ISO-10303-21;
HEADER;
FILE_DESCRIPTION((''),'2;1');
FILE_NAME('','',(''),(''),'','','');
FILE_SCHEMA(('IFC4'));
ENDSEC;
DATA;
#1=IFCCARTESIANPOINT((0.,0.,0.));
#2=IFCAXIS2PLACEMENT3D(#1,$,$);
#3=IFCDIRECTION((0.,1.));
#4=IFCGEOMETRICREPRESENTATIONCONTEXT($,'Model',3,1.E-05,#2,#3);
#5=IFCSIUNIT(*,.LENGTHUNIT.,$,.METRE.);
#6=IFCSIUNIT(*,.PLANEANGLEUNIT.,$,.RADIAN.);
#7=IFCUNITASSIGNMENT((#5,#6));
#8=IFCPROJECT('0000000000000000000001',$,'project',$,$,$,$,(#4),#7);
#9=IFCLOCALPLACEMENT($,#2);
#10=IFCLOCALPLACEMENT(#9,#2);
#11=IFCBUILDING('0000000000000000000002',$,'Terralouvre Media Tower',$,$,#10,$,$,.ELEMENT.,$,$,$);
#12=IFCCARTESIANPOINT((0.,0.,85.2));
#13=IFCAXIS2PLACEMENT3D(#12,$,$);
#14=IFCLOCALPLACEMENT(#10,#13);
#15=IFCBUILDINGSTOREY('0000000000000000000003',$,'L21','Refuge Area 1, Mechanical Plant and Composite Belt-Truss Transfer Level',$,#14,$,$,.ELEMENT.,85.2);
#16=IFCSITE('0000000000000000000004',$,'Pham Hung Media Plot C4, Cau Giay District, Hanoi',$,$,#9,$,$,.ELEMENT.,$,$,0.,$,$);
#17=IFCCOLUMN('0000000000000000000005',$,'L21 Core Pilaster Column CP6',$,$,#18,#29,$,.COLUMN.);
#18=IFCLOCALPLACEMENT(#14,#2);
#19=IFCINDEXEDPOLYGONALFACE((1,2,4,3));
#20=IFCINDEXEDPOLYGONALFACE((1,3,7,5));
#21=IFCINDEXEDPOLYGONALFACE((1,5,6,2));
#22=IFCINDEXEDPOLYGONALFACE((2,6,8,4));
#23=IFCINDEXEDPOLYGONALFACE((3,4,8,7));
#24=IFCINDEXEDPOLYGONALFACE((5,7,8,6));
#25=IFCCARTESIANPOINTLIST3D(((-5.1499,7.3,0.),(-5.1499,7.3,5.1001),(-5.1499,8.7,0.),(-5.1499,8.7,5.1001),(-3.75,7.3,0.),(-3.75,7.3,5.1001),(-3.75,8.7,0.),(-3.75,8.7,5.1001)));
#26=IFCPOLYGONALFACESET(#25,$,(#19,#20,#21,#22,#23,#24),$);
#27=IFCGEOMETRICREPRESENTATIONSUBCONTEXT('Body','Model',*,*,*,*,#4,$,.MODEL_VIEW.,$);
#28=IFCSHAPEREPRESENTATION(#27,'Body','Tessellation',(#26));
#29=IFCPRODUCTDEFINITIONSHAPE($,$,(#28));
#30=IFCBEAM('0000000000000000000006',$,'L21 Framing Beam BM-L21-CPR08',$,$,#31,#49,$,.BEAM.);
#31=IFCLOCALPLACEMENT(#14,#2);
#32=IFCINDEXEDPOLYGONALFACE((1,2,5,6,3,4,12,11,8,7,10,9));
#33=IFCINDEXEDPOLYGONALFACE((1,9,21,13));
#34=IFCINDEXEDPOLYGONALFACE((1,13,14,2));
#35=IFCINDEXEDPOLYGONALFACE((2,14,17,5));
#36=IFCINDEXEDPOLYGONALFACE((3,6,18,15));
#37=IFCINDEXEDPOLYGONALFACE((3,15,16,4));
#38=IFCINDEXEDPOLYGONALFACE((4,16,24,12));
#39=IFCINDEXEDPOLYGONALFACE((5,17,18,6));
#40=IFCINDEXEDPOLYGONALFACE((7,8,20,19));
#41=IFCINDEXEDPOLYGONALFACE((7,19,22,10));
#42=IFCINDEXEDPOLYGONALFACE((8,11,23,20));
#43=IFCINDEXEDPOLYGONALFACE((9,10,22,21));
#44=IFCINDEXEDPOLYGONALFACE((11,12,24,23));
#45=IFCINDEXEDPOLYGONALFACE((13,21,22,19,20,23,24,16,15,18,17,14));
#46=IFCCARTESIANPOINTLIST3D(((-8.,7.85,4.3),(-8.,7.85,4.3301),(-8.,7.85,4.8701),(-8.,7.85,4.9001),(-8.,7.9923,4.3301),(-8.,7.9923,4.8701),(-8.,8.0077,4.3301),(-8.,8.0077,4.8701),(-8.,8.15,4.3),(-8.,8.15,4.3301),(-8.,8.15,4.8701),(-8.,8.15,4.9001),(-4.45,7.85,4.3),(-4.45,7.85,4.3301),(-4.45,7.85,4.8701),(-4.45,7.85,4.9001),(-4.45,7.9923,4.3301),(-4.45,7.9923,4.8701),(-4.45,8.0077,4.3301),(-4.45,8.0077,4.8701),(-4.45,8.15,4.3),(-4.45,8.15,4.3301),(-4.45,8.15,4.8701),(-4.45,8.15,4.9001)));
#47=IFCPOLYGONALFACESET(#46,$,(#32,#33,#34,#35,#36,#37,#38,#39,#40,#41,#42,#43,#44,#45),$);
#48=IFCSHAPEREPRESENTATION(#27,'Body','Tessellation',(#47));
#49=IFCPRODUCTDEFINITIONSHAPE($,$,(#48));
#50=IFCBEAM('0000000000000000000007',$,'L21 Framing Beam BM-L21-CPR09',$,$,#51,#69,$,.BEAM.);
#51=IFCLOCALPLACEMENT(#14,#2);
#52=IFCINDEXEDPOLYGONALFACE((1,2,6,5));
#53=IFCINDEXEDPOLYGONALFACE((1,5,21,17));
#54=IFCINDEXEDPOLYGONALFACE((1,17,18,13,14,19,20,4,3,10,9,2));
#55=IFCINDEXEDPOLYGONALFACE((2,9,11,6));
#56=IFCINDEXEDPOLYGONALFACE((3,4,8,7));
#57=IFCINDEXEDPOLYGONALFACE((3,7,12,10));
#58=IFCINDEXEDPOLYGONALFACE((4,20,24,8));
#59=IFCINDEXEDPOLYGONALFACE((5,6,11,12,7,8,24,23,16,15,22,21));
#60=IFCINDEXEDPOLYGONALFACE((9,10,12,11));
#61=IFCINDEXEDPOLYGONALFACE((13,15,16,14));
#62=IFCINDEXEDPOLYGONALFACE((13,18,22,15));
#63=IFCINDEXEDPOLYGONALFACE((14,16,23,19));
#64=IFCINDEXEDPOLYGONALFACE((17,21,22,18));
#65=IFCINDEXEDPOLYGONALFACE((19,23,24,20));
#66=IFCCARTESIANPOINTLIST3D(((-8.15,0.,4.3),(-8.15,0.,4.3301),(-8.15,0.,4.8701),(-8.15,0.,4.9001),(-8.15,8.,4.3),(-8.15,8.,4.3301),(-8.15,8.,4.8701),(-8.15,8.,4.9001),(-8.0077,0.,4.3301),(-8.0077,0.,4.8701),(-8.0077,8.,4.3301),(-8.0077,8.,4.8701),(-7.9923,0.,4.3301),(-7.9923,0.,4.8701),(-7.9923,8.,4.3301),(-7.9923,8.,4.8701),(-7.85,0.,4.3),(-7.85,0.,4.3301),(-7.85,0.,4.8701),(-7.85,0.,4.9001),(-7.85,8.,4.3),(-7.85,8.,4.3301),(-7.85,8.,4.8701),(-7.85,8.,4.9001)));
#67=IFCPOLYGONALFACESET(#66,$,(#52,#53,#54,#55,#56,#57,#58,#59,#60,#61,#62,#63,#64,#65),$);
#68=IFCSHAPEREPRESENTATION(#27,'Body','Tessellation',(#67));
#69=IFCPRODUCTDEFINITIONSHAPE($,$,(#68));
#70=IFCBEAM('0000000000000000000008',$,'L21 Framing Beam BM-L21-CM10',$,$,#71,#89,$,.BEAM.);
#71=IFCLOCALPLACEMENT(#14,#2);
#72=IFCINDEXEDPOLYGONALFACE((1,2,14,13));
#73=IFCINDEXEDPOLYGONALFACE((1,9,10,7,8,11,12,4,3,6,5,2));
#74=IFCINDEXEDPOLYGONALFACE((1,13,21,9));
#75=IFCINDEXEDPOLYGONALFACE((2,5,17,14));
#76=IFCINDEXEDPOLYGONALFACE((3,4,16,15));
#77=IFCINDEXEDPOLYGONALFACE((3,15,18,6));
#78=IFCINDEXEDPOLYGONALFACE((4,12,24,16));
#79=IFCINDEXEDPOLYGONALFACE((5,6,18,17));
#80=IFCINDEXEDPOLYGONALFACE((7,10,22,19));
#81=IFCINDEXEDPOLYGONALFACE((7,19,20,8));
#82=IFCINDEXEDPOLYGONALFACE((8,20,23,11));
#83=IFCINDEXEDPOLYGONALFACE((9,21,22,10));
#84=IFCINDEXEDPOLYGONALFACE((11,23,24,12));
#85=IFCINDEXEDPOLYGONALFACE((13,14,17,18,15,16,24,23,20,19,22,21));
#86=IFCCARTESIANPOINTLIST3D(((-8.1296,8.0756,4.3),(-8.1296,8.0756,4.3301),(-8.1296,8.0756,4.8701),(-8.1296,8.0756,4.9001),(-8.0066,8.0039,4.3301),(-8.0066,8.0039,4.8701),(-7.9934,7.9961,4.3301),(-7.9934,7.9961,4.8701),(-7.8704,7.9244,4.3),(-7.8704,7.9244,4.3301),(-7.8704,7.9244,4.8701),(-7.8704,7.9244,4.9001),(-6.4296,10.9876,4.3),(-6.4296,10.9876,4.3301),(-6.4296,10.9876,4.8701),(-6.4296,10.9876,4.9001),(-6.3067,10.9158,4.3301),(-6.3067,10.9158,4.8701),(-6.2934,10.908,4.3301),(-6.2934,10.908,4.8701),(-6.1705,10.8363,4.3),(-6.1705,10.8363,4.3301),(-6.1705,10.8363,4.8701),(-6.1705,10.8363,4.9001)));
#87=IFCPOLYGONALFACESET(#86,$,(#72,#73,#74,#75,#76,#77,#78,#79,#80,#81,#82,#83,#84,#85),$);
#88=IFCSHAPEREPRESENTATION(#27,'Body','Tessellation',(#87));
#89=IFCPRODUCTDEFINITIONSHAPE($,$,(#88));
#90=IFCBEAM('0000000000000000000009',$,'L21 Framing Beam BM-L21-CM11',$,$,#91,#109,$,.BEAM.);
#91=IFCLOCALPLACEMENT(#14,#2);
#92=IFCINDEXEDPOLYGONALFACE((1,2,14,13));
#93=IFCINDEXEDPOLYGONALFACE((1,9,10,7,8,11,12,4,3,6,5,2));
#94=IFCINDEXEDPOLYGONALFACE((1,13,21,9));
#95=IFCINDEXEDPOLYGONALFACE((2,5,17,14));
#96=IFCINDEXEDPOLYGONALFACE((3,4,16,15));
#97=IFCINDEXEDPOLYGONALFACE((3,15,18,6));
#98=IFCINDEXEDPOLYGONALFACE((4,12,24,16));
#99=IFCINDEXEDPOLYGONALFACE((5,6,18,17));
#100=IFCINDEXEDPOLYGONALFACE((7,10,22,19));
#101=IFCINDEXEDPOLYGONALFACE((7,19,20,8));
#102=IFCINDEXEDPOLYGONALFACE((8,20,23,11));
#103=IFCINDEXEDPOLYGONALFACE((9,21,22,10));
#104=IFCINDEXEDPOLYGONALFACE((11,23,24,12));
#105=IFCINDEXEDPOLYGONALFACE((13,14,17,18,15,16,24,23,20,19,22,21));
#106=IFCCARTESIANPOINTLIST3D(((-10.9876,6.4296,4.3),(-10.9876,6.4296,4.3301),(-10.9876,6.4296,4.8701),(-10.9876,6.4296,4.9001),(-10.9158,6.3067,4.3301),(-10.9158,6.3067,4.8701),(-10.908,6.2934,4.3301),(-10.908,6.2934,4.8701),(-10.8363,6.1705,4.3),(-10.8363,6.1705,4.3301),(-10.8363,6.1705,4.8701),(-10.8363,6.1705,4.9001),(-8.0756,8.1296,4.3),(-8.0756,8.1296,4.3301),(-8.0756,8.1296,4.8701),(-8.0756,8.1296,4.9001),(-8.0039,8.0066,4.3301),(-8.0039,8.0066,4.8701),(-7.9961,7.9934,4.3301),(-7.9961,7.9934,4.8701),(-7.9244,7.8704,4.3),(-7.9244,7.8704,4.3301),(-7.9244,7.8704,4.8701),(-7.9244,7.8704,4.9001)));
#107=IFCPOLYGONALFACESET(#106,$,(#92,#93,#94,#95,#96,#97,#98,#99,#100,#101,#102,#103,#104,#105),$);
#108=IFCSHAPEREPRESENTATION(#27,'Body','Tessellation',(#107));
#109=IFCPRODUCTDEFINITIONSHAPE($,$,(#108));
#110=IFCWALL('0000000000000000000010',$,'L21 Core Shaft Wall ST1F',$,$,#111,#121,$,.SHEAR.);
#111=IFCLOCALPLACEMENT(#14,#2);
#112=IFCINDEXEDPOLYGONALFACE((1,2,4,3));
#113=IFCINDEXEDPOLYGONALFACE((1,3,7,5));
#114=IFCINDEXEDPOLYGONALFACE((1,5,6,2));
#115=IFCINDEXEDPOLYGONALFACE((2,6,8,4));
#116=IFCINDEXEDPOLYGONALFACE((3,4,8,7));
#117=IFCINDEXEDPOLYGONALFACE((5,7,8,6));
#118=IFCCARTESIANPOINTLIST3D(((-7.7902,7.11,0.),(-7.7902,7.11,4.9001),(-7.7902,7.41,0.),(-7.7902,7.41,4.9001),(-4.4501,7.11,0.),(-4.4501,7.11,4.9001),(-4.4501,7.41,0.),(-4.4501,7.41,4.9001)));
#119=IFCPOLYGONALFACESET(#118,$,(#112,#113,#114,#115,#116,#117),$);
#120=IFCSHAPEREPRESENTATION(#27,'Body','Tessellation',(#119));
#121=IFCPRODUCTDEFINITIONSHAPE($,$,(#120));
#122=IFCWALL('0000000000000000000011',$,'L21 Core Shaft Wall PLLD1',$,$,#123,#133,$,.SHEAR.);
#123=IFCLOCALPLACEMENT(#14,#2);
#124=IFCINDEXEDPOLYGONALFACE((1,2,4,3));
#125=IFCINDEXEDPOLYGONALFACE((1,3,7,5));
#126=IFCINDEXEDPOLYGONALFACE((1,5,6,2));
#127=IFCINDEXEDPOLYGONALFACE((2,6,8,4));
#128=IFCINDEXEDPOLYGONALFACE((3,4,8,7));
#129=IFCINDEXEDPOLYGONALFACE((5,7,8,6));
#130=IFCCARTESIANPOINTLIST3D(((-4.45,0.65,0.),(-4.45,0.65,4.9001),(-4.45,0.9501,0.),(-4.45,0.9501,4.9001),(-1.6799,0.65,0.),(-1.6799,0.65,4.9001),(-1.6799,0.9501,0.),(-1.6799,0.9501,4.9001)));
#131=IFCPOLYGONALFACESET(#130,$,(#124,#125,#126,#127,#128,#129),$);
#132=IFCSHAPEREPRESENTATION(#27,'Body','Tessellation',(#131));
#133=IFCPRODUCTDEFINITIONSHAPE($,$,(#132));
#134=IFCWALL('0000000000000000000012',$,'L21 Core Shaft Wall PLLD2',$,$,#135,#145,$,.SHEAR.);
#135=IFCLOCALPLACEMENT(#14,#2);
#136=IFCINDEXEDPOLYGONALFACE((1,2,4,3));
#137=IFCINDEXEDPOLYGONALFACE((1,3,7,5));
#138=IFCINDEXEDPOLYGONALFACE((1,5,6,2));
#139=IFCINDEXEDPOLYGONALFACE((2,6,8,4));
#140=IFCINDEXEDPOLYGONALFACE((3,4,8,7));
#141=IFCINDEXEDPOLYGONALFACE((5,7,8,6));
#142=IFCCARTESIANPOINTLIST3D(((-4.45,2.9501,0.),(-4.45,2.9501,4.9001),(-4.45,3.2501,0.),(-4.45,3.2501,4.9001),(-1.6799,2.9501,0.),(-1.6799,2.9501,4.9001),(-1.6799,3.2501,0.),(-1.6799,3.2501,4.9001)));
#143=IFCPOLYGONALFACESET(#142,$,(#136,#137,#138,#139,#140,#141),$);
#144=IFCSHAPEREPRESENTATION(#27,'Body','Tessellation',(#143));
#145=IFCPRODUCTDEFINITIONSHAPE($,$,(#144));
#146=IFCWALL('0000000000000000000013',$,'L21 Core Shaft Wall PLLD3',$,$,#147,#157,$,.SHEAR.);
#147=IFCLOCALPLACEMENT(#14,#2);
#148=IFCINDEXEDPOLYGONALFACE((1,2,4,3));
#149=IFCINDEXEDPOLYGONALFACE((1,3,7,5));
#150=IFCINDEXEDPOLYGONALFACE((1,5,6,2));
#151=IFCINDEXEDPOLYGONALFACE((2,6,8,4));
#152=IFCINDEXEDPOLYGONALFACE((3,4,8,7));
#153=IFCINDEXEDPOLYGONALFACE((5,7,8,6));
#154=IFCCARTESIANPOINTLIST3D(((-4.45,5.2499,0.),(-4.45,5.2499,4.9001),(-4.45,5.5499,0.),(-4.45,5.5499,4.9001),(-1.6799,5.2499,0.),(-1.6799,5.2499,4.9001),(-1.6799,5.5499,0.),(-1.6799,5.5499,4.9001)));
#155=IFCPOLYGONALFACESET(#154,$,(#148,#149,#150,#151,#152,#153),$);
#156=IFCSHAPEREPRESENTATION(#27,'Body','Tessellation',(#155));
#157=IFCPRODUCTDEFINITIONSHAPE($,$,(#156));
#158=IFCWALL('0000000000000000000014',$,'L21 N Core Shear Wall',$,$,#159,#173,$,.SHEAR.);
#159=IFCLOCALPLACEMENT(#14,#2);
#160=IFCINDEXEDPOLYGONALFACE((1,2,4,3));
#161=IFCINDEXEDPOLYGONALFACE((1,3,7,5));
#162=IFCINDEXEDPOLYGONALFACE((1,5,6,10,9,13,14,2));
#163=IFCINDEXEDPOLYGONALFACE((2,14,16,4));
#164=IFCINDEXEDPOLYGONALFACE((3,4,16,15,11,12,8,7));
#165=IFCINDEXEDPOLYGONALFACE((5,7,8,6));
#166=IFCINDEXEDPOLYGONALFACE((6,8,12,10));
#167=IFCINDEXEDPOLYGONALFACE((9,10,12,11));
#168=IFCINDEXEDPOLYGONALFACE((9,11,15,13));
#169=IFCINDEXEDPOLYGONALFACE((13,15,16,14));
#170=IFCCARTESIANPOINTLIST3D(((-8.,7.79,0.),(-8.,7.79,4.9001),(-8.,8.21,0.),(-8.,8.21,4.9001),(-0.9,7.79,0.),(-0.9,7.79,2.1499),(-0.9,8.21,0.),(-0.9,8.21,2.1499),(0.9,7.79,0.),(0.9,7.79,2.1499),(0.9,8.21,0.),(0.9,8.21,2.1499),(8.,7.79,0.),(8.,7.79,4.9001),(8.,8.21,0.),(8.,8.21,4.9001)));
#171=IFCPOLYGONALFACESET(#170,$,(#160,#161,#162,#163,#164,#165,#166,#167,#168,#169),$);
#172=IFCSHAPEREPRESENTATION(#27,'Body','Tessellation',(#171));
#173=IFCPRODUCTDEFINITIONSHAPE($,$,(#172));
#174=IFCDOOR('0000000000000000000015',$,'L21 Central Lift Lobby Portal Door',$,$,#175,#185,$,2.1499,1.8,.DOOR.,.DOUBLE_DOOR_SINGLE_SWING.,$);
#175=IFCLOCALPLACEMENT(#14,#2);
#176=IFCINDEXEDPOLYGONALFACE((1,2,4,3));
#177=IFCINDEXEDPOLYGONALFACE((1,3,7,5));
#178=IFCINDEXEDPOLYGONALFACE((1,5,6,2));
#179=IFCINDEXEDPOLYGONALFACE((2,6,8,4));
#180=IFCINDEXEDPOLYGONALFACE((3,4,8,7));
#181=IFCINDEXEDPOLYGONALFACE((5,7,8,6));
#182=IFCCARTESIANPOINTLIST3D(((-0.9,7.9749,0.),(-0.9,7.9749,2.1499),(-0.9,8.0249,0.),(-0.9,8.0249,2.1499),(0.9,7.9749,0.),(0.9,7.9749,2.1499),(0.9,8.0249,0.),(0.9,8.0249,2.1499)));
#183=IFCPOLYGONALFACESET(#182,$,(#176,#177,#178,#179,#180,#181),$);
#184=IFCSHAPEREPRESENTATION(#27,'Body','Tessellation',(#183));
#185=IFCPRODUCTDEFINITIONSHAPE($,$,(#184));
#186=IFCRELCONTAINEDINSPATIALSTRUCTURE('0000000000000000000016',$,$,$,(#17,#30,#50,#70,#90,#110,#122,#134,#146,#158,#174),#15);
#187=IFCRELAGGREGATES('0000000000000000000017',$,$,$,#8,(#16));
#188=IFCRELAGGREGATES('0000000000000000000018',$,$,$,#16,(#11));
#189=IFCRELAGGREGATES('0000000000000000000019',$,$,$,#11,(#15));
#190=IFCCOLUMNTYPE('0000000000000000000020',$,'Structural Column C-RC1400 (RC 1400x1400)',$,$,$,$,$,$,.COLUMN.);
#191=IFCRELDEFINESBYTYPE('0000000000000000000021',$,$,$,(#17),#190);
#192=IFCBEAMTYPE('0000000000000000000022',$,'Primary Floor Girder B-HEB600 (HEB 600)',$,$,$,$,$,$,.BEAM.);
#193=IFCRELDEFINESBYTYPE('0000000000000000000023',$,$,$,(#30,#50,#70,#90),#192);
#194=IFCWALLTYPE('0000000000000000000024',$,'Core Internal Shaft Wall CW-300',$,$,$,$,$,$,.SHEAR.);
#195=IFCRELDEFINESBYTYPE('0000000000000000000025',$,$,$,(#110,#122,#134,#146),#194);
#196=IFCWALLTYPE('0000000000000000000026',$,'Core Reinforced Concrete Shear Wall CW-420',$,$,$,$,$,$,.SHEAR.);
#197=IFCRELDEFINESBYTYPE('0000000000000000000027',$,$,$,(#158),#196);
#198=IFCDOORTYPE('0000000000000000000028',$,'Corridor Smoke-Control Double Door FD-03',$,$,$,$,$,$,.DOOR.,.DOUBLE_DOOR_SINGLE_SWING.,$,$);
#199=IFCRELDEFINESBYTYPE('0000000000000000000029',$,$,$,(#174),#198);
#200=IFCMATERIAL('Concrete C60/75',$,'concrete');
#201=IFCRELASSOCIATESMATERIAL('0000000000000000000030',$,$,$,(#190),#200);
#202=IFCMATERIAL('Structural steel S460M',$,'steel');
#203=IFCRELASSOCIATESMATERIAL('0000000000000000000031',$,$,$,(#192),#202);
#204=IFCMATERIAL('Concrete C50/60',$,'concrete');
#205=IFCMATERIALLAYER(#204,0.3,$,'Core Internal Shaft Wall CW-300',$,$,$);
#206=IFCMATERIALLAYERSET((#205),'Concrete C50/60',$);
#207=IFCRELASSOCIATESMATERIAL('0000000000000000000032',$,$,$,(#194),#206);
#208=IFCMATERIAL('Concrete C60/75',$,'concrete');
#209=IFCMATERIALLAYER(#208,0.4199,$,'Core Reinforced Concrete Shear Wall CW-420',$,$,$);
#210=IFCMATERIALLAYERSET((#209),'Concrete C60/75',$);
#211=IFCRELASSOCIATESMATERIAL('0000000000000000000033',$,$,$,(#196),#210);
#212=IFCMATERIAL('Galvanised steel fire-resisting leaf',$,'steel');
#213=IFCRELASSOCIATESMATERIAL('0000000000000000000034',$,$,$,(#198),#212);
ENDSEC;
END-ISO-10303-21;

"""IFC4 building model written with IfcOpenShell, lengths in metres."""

from ifc_helpers import new_model, si_unit, direction, frame, frame_2d, origin, origin_2d, place, context, subcontext, project, spatial, rectangle, i_section, extrude, material, layer, layer_set, material_profile, profile_set, type_object, element, fill, save


model = new_model("IFC4")

# Units and contexts
model_context = context("Model", 3, precision=1e-05, world=origin(), true_north=direction((0.0, 1.0)))
body_context = subcontext(model_context, "Body", "Model", "MODEL_VIEW")
ifc_project = project(units=[si_unit("LENGTHUNIT", "METRE"), si_unit("PLANEANGLEUNIT", "RADIAN")], contexts=[model_context])

# Site, building, storey
site_placement = place(None, origin())
site = spatial("IfcSite", under=ifc_project, at=site_placement, Name="Pham Hung Media Plot C4, Cau Giay District, Hanoi", CompositionType="ELEMENT", RefElevation=0.0)
building_placement = place(site_placement, origin())
building = spatial("IfcBuilding", under=site, at=building_placement, Name="Terralouvre Media Tower", CompositionType="ELEMENT")
storey_placement = place(building_placement, frame((0.0, 0.0, 85.2)))
storey = spatial("IfcBuildingStorey", under=building, at=storey_placement, Name="L21", Description="Refuge Area 1, Mechanical Plant and Composite Belt-Truss Transfer Level", CompositionType="ELEMENT", Elevation=85.2)

# Column
ifc_material_1 = material(Name="Concrete C60/75", Category="concrete")
ifc_material_profile_1 = material_profile(ifc_material_1, rectangle(XDim=1.3999, YDim=1.3999, at=origin_2d()), Name="RC 1400x1400")
ifc_profile_set_1 = profile_set([ifc_material_profile_1], Name="Concrete C60/75")
column_type = type_object("IfcColumnType", Name="Structural Column C-RC1400 (RC 1400x1400)", PredefinedType="COLUMN", material=ifc_profile_set_1)
column_placement = place(storey_placement, frame((-4.45, 8.0, 0.0), z_axis=(0.0, 0.0, 1.0), x_axis=(1.0, 0.0, 0.0)))
element("IfcColumn", 1, at=column_placement, inside=storey, type_object=column_type, Name="L21 Core Pilaster Column CP6", PredefinedType="COLUMN", context=body_context, shape_type="SweptSolid", body=[
    extrude(rectangle(XDim=1.3999, YDim=1.3999, at=origin_2d()), origin(), (0.0, 0.0, 1.0), 5.1001),
])

# Beams
ifc_material_2 = material(Name="Structural steel S460M", Category="steel")
ifc_material_profile_2 = material_profile(ifc_material_2, i_section(OverallWidth=0.3, OverallDepth=0.6001, WebThickness=0.0154, FlangeThickness=0.03, at=origin_2d()), Name="HEB 600")
ifc_profile_set_2 = profile_set([ifc_material_profile_2], Name="Structural steel S460M")
beam_type = type_object("IfcBeamType", Name="Primary Floor Girder B-HEB600 (HEB 600)", PredefinedType="BEAM", material=ifc_profile_set_2)
beam_1_placement = place(storey_placement, frame((-4.45, 8.0, 4.6001), z_axis=(-1.0, 0.0, 0.0), x_axis=(0.0, -1.0, 0.0)))
element("IfcBeam", 2, at=beam_1_placement, inside=storey, type_object=beam_type, Name="L21 Framing Beam BM-L21-CPR08", PredefinedType="BEAM", context=body_context, shape_type="SweptSolid", body=[
    extrude(i_section(OverallWidth=0.3, OverallDepth=0.6001, WebThickness=0.0154, FlangeThickness=0.03, at=origin_2d()), origin(), (0.0, 0.0, 1.0), 3.55),
])
beam_2_placement = place(storey_placement, frame((-8.0, 8.0, 4.6001), z_axis=(0.0, -1.0, 0.0), x_axis=(1.0, 0.0, 0.0)))
element("IfcBeam", 3, at=beam_2_placement, inside=storey, type_object=beam_type, Name="L21 Framing Beam BM-L21-CPR09", PredefinedType="BEAM", context=body_context, shape_type="SweptSolid", body=[
    extrude(i_section(OverallWidth=0.3, OverallDepth=0.6001, WebThickness=0.0154, FlangeThickness=0.03, at=origin_2d()), origin(), (0.0, 0.0, 1.0), 8.0),
])
for number, where, z_axis, x_axis, name in (
    (4, (-8.0, 8.0, 4.6001), (0.504173, 0.863603, 0.0), (-0.863603, 0.504173, 0.0), "L21 Framing Beam BM-L21-CM10"),
    (5, (-8.0, 8.0, 4.6001), (-0.863603, -0.504173, 0.0), (0.504173, -0.863603, 0.0), "L21 Framing Beam BM-L21-CM11"),
):
    element("IfcBeam", number, at=place(storey_placement, frame(where, z_axis=z_axis, x_axis=x_axis)), inside=storey, type_object=beam_type, Name=name, PredefinedType="BEAM", context=body_context, shape_type="SweptSolid", body=[
        extrude(i_section(OverallWidth=0.3, OverallDepth=0.6001, WebThickness=0.0154, FlangeThickness=0.03, at=origin_2d()), origin(), (0.0, 0.0, 1.0), 3.3718),
    ])

# Shared definitions
ifc_material_3 = material(Name="Concrete C50/60", Category="concrete")
ifc_layer_1 = layer(ifc_material_3, 0.3, Name="Core Internal Shaft Wall CW-300")
ifc_layer_set_1 = layer_set([ifc_layer_1], Name="Concrete C50/60")
wall_type_1 = type_object("IfcWallType", Name="Core Internal Shaft Wall CW-300", PredefinedType="SHEAR", material=ifc_layer_set_1)

# Walls
wall_1_placement = place(storey_placement, frame((-7.79, 7.26, 0.0), z_axis=(0.0, 0.0, 1.0), x_axis=(1.0, 0.0, 0.0)))
element("IfcWall", 6, at=wall_1_placement, inside=storey, type_object=wall_type_1, Name="L21 Core Shaft Wall ST1F", PredefinedType="SHEAR", context=body_context, shape_type="SweptSolid", body=[
    extrude(rectangle(XDim=3.3401, YDim=0.3, at=frame_2d((1.6699, 0.0))), origin(), (0.0, 0.0, 1.0), 4.9001),
])
for number, where, z_axis, x_axis, name in (
    (7, (-4.45, 0.8, 0.0), (0.0, 0.0, 1.0), (1.0, 0.0, 0.0), "L21 Core Shaft Wall PLLD1"),
    (8, (-4.45, 3.1001, 0.0), (0.0, 0.0, 1.0), (1.0, 0.0, 0.0), "L21 Core Shaft Wall PLLD2"),
    (9, (-4.45, 5.3999, 0.0), (0.0, 0.0, 1.0), (1.0, 0.0, 0.0), "L21 Core Shaft Wall PLLD3"),
):
    element("IfcWall", number, at=place(storey_placement, frame(where, z_axis=z_axis, x_axis=x_axis)), inside=storey, type_object=wall_type_1, Name=name, PredefinedType="SHEAR", context=body_context, shape_type="SweptSolid", body=[
        extrude(rectangle(XDim=2.77, YDim=0.3, at=frame_2d((1.385, 0.0))), origin(), (0.0, 0.0, 1.0), 4.9001),
    ])

# Wall, opening, door
ifc_material_4 = material(Name="Concrete C60/75", Category="concrete")
ifc_layer_2 = layer(ifc_material_4, 0.4199, Name="Core Reinforced Concrete Shear Wall CW-420")
ifc_layer_set_2 = layer_set([ifc_layer_2], Name="Concrete C60/75")
wall_type_2 = type_object("IfcWallType", Name="Core Reinforced Concrete Shear Wall CW-420", PredefinedType="SHEAR", material=ifc_layer_set_2)
wall_2_placement = place(storey_placement, frame((-8.0, 8.0, 0.0), z_axis=(0.0, 0.0, 1.0), x_axis=(1.0, 0.0, 0.0)))
wall_2 = element("IfcWall", 10, at=wall_2_placement, inside=storey, type_object=wall_type_2, Name="L21 N Core Shear Wall", PredefinedType="SHEAR", context=body_context, shape_type="SweptSolid", body=[
    extrude(rectangle(XDim=16.0, YDim=0.4199, at=frame_2d((8.0, 0.0))), origin(), (0.0, 0.0, 1.0), 4.9001),
])
opening_1_placement = place(wall_2_placement, frame((7.1001, 0.0, 0.0)))
opening_1 = element("IfcOpeningElement", 11, at=opening_1_placement, cuts=wall_2, PredefinedType="OPENING", context=body_context, shape_type="SweptSolid", body=[
    extrude(rectangle(XDim=1.8, YDim=2.1499, at=frame_2d((0.8999, 1.075))), frame((0.0, 0.22, 0.0), z_axis=(0.0, -1.0, 0.0), x_axis=(1.0, 0.0, 0.0)), (0.0, 0.0, 1.0), 0.4399),
])
ifc_material_5 = material(Name="Galvanised steel fire-resisting leaf", Category="steel")
door_type_1 = type_object("IfcDoorType", Name="Corridor Smoke-Control Double Door FD-03", OperationType="DOUBLE_DOOR_SINGLE_SWING", PredefinedType="DOOR", material=ifc_material_5)
door_1_placement = place(opening_1_placement, origin())
door_1 = element("IfcDoor", 12, at=door_1_placement, inside=storey, type_object=door_type_1, Name="L21 Central Lift Lobby Portal Door", OperationType="DOUBLE_DOOR_SINGLE_SWING", OverallHeight=2.1499, OverallWidth=1.8, PredefinedType="DOOR", context=body_context, shape_type="SweptSolid", body=[
    extrude(rectangle(XDim=1.8, YDim=2.1499, at=frame_2d((0.8999, 1.075))), frame((0.0, 0.0249, 0.0), z_axis=(0.0, -1.0, 0.0), x_axis=(1.0, 0.0, 0.0)), (0.0, 0.0, 1.0), 0.05),
])
fill(opening_1, door_1)

save(model, "model.ifc")
